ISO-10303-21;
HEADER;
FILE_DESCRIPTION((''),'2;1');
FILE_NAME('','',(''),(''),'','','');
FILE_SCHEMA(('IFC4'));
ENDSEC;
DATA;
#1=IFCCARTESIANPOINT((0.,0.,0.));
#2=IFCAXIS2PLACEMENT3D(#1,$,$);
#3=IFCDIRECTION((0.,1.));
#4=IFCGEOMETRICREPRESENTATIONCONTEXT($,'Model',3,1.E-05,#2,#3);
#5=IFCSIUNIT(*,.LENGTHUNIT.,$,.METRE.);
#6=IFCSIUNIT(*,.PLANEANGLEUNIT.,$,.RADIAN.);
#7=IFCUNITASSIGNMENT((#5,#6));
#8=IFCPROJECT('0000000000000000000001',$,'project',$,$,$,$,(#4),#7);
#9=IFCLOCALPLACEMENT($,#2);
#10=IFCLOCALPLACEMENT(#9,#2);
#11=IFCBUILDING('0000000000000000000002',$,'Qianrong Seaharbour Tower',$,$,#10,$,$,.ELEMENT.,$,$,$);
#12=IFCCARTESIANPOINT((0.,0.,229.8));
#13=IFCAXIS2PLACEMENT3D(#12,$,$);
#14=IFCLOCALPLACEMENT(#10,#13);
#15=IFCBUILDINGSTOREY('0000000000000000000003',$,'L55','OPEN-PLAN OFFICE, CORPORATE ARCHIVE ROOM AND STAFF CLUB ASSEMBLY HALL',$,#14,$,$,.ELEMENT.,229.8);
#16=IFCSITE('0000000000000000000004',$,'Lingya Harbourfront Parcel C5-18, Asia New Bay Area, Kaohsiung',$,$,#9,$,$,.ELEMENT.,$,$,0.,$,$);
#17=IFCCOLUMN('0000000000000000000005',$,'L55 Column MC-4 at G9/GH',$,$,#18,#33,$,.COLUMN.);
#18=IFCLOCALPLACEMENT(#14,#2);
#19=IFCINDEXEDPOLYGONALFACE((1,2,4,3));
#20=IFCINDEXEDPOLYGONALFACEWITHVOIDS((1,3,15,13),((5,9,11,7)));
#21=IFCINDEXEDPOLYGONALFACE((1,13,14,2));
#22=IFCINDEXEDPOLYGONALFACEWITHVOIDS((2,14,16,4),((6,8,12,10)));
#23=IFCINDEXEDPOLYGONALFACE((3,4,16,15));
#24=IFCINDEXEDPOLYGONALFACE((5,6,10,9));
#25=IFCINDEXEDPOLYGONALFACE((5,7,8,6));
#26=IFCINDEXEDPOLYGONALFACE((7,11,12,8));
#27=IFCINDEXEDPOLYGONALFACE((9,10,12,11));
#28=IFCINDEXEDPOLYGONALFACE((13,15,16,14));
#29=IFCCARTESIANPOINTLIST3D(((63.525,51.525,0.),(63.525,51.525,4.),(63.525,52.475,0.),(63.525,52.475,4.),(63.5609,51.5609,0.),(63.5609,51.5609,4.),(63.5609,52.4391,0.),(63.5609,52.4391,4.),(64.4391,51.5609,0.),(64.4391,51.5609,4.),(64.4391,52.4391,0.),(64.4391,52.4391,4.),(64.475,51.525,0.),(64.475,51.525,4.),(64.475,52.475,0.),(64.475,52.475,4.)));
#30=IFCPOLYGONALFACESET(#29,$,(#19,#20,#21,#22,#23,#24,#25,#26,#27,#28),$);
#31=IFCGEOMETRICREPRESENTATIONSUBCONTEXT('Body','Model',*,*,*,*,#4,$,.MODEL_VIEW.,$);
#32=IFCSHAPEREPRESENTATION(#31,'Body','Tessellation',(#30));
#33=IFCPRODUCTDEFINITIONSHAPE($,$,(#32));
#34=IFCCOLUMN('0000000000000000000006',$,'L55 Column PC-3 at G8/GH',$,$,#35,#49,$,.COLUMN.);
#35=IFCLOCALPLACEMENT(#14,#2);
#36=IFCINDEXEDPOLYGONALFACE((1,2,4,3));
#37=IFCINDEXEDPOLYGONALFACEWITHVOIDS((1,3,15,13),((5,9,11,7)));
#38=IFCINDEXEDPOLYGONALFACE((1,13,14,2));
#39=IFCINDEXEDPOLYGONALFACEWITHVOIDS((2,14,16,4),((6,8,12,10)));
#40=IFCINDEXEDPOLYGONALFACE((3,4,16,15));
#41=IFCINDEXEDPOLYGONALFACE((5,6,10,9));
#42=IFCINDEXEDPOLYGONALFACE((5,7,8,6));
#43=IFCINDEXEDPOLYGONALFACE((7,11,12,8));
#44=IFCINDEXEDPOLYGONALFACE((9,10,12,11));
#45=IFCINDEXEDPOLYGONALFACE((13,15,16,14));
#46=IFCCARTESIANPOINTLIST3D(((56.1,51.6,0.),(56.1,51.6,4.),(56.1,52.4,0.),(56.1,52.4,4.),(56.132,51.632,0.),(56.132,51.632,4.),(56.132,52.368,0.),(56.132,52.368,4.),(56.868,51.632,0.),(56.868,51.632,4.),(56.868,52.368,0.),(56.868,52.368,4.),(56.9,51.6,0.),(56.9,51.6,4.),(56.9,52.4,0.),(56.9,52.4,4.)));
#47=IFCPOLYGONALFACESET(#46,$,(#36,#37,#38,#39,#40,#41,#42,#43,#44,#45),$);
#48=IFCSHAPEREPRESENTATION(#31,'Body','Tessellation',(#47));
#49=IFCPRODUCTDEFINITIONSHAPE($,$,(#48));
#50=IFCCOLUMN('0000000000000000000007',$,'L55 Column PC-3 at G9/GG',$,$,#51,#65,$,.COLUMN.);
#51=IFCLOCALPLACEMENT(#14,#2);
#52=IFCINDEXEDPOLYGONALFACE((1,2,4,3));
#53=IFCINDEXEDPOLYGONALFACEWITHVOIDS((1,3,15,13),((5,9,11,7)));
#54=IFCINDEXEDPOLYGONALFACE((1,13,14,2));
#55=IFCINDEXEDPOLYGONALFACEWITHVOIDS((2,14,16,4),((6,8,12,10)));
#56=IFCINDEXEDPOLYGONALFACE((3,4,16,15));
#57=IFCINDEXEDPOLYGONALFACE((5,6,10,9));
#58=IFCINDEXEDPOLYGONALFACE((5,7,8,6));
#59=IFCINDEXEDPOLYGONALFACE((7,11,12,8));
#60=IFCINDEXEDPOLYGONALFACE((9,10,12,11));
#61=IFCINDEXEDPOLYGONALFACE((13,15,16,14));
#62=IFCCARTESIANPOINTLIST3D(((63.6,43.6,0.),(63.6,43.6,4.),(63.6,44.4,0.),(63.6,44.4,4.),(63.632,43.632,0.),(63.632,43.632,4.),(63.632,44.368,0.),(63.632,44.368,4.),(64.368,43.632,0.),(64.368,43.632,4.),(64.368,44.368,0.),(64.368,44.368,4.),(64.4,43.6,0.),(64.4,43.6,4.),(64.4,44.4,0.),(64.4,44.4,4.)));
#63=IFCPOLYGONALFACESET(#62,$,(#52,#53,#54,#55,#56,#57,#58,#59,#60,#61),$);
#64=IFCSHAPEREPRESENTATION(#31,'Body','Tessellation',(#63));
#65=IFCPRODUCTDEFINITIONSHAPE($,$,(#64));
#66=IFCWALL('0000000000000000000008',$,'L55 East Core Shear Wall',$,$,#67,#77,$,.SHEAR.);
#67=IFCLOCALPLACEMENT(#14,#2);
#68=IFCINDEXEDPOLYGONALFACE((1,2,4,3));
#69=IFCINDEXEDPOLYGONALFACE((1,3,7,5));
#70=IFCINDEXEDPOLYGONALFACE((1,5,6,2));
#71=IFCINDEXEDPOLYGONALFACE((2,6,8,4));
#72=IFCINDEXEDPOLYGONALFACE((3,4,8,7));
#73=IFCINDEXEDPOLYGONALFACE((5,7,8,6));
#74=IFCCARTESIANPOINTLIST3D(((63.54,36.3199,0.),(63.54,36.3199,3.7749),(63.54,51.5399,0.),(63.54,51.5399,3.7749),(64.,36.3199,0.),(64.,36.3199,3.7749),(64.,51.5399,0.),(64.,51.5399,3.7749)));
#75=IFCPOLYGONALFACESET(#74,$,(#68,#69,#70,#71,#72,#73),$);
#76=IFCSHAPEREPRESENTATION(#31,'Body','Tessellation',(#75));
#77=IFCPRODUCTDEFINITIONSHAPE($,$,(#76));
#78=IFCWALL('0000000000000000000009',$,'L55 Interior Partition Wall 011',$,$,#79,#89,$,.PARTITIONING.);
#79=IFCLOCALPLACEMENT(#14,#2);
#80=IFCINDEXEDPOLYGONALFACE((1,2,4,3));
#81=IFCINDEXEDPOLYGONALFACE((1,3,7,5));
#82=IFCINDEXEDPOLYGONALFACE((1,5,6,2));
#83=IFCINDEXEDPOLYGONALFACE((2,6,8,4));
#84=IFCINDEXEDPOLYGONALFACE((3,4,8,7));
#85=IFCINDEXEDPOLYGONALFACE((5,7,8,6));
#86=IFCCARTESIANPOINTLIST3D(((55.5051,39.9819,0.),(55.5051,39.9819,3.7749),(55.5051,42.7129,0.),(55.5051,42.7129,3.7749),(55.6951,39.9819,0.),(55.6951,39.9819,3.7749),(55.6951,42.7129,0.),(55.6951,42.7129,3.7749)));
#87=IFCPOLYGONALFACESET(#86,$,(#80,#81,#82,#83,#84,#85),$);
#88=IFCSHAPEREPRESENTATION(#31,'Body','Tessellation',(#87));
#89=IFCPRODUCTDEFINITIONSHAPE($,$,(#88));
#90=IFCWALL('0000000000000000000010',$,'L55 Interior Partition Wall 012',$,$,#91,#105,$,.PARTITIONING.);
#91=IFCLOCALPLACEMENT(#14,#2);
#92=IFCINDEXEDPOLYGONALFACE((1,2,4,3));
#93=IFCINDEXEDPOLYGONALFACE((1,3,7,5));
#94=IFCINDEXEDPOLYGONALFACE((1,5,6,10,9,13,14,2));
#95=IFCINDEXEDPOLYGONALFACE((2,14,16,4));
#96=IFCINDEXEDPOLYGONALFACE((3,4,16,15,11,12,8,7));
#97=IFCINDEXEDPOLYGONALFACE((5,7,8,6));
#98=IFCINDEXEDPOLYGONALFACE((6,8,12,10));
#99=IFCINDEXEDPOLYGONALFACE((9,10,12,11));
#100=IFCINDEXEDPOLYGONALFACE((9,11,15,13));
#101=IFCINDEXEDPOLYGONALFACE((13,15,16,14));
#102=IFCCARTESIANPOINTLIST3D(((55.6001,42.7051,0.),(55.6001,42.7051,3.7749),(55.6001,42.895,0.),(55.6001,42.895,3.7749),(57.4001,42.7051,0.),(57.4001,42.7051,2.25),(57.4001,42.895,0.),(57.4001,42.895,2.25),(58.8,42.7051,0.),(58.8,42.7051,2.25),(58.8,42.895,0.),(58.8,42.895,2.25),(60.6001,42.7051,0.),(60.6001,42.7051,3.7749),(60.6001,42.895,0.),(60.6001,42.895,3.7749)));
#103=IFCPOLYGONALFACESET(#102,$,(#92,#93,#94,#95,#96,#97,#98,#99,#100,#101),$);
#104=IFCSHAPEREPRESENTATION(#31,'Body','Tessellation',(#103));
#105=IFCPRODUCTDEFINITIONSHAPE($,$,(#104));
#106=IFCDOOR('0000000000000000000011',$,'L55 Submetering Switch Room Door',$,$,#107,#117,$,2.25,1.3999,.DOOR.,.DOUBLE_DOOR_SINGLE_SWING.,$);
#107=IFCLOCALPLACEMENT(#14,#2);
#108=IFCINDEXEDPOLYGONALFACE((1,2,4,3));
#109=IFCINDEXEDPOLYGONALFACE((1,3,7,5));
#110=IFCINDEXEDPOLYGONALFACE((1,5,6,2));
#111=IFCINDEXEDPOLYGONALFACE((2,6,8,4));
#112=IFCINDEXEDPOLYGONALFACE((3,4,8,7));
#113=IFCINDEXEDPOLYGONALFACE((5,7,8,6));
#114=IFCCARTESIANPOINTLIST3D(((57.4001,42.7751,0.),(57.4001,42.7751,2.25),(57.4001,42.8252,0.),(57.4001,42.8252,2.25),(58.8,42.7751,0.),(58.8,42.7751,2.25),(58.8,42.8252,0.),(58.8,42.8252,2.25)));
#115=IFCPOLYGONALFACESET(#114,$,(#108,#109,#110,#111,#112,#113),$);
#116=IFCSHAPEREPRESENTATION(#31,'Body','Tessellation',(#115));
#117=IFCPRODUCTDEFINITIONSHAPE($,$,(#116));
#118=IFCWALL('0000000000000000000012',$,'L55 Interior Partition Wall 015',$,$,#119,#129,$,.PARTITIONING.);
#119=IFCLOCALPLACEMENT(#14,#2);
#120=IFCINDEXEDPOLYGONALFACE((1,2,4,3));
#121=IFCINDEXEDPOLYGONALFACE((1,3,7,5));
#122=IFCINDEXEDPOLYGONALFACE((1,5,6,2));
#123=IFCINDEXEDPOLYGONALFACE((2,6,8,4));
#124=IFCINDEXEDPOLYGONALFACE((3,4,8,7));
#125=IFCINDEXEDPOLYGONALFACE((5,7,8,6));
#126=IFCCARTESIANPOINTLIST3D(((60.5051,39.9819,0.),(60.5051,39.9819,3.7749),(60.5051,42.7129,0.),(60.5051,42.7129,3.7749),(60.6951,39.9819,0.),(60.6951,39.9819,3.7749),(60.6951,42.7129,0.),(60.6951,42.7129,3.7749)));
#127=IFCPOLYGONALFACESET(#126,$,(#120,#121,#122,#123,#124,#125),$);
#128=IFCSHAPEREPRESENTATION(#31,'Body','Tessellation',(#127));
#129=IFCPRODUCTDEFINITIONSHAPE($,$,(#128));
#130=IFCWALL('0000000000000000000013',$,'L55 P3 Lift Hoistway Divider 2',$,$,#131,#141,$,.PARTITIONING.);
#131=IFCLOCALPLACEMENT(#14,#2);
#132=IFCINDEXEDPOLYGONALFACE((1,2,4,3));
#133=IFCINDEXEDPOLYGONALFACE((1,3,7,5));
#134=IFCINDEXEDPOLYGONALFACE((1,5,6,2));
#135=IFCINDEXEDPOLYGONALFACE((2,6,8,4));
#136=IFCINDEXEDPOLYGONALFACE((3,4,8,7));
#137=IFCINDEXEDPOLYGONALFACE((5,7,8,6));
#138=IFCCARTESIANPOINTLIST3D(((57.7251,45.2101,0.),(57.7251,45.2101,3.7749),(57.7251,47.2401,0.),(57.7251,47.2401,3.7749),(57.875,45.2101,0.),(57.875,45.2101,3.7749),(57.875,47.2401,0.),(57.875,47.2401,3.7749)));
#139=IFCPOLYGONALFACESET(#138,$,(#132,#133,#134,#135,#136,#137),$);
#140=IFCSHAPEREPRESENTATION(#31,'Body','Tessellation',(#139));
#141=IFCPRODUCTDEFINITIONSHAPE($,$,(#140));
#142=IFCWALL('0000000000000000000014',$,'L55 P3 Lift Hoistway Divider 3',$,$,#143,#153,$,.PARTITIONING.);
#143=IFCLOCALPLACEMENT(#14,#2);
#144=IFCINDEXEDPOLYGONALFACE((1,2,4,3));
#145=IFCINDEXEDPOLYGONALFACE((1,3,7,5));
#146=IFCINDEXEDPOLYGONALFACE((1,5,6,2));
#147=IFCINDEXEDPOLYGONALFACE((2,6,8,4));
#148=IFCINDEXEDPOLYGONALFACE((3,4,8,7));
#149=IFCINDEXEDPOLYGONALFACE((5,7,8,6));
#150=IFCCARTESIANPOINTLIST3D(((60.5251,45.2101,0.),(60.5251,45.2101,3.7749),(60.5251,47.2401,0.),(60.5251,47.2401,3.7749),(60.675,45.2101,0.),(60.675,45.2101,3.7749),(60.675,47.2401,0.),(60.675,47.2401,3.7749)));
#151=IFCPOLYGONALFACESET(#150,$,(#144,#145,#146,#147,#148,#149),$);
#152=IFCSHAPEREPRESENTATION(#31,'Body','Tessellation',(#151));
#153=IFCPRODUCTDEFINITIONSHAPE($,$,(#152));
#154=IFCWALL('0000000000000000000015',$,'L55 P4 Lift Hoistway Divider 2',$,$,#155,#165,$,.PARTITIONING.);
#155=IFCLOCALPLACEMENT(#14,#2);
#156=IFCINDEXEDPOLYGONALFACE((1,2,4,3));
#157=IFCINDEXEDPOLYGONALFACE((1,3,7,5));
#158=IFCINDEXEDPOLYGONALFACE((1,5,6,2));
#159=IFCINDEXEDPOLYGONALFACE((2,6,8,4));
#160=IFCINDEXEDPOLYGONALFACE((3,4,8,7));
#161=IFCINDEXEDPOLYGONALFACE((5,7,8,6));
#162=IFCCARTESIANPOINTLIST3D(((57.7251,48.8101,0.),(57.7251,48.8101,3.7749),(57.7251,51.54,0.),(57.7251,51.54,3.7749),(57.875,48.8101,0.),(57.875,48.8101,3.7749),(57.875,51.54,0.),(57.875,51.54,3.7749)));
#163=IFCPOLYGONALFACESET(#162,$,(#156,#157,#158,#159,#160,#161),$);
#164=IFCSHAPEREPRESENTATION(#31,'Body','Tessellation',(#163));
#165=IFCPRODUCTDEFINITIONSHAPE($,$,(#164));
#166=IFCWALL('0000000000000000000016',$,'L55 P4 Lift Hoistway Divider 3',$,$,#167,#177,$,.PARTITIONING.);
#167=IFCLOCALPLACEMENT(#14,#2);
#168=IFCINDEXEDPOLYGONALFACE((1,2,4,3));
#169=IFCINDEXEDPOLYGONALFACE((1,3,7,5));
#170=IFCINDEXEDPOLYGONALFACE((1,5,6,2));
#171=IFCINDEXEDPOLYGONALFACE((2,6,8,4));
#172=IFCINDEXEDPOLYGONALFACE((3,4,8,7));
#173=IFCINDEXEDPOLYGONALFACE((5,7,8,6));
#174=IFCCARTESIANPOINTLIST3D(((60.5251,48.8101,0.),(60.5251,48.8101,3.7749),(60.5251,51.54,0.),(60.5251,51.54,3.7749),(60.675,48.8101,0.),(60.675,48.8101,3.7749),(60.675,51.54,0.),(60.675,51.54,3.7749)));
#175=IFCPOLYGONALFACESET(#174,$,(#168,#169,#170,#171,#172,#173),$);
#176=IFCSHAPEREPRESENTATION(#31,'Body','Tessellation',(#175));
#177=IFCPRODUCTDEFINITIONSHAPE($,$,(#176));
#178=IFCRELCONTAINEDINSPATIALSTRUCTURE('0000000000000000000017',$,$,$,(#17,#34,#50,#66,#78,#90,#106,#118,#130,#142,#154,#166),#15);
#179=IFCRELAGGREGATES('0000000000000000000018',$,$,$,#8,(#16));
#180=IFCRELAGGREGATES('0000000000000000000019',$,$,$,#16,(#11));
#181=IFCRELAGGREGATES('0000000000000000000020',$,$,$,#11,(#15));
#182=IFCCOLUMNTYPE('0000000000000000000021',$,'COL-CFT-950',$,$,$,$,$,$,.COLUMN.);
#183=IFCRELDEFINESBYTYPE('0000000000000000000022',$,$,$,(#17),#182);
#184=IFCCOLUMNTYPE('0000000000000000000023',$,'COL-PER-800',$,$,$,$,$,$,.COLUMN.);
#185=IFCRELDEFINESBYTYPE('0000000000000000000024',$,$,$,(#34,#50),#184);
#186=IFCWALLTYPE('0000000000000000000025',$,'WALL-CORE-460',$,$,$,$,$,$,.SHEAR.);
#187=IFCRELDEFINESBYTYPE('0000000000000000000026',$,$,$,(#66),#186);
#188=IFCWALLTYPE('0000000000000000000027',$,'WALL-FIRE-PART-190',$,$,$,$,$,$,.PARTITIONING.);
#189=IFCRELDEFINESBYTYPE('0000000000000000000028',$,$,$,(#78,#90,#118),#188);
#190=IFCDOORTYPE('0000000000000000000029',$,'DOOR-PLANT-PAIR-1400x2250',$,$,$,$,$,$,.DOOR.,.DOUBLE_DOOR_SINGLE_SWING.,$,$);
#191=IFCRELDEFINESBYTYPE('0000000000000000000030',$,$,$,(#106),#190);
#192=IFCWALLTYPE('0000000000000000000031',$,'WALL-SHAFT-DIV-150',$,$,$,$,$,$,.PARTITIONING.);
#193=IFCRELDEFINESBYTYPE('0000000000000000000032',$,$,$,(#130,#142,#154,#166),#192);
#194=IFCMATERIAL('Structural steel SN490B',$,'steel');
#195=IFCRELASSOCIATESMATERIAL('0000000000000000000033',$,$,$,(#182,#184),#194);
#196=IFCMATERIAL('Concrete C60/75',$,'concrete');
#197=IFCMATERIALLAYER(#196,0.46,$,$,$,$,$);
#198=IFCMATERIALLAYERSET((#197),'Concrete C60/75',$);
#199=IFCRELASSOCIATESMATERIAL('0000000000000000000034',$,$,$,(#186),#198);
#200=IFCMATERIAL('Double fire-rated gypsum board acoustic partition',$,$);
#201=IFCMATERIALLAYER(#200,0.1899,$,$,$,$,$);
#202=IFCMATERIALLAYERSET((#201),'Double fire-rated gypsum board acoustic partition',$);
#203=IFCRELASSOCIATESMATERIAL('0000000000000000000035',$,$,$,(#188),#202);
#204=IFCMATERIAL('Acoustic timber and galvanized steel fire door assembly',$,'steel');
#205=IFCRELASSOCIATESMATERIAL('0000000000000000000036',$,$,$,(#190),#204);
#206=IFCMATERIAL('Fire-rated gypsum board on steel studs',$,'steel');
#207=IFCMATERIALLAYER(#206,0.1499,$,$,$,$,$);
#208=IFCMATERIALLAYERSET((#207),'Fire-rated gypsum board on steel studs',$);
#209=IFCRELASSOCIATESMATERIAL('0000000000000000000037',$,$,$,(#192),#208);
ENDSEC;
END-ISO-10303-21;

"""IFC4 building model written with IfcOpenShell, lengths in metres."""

from ifc_helpers import new_model, si_unit, direction, frame, frame_2d, origin, origin_2d, place, context, subcontext, project, spatial, rectangle, hollow_rectangle, extrude, material, layer, layer_set, material_profile, profile_set, type_object, element, fill, save


model = new_model("IFC4")

# Units and contexts
model_context = context("Model", 3, precision=1e-05, world=origin(), true_north=direction((0.0, 1.0)))
body_context = subcontext(model_context, "Body", "Model", "MODEL_VIEW")
ifc_project = project(units=[si_unit("LENGTHUNIT", "METRE"), si_unit("PLANEANGLEUNIT", "RADIAN")], contexts=[model_context])

# Site, building, storey
site_placement = place(None, origin())
site = spatial("IfcSite", under=ifc_project, at=site_placement, Name="Lingya Harbourfront Parcel C5-18, Asia New Bay Area, Kaohsiung", CompositionType="ELEMENT", RefElevation=0.0)
building_placement = place(site_placement, origin())
building = spatial("IfcBuilding", under=site, at=building_placement, Name="Qianrong Seaharbour Tower", CompositionType="ELEMENT")
storey_placement = place(building_placement, frame((0.0, 0.0, 229.8)))
storey = spatial("IfcBuildingStorey", under=building, at=storey_placement, Name="L55", Description="OPEN-PLAN OFFICE, CORPORATE ARCHIVE ROOM AND STAFF CLUB ASSEMBLY HALL", CompositionType="ELEMENT", Elevation=229.8)

# Columns
ifc_material_1 = material(Name="Structural steel SN490B", Category="steel")
ifc_material_profile_1 = material_profile(ifc_material_1, hollow_rectangle(XDim=0.95, YDim=0.95, WallThickness=0.0359, at=origin_2d()), Name="BOX950x950x36")
ifc_profile_set_1 = profile_set([ifc_material_profile_1], Name="Structural steel SN490B")
column_type_1 = type_object("IfcColumnType", Name="COL-CFT-950", PredefinedType="COLUMN", material=ifc_profile_set_1)
column_placement = place(storey_placement, frame((64.0, 52.0, 0.0), z_axis=(0.0, 0.0, 1.0), x_axis=(1.0, 0.0, 0.0)))
element("IfcColumn", 1, at=column_placement, inside=storey, type_object=column_type_1, Name="L55 Column MC-4 at G9/GH", PredefinedType="COLUMN", context=body_context, shape_type="SweptSolid", body=[
    extrude(hollow_rectangle(XDim=0.95, YDim=0.95, WallThickness=0.0359, at=origin_2d()), origin(), (0.0, 0.0, 1.0), 4.0),
])
ifc_material_profile_2 = material_profile(ifc_material_1, hollow_rectangle(XDim=0.8, YDim=0.8, WallThickness=0.032, at=origin_2d()), Name="BOX800x800x32")
ifc_profile_set_2 = profile_set([ifc_material_profile_2], Name="Structural steel SN490B")
column_type_2 = type_object("IfcColumnType", Name="COL-PER-800", PredefinedType="COLUMN", material=ifc_profile_set_2)
for number, where, z_axis, x_axis, name in (
    (2, (56.5, 52.0, 0.0), (0.0, 0.0, 1.0), (1.0, 0.0, 0.0), "L55 Column PC-3 at G8/GH"),
    (3, (64.0, 44.0, 0.0), (0.0, 0.0, 1.0), (1.0, 0.0, 0.0), "L55 Column PC-3 at G9/GG"),
):
    element("IfcColumn", number, at=place(storey_placement, frame(where, z_axis=z_axis, x_axis=x_axis)), inside=storey, type_object=column_type_2, Name=name, PredefinedType="COLUMN", context=body_context, shape_type="SweptSolid", body=[
        extrude(hollow_rectangle(XDim=0.8, YDim=0.8, WallThickness=0.032, at=origin_2d()), origin(), (0.0, 0.0, 1.0), 4.0),
    ])

# Wall
ifc_material_2 = material(Name="Concrete C60/75", Category="concrete")
ifc_layer_1 = layer(ifc_material_2, 0.46)
ifc_layer_set_1 = layer_set([ifc_layer_1], Name="Concrete C60/75")
wall_type_1 = type_object("IfcWallType", Name="WALL-CORE-460", PredefinedType="SHEAR", material=ifc_layer_set_1)
wall_1_placement = place(storey_placement, frame((63.77, 36.3201, 0.0), z_axis=(0.0, 0.0, 1.0), x_axis=(0.0, 1.0, 0.0)))
element("IfcWall", 4, at=wall_1_placement, inside=storey, type_object=wall_type_1, Name="L55 East Core Shear Wall", PredefinedType="SHEAR", context=body_context, shape_type="SweptSolid", body=[
    extrude(rectangle(XDim=15.22, YDim=0.46, at=frame_2d((7.6099, 0.0))), origin(), (0.0, 0.0, 1.0), 3.7749),
])

# Shared definitions
ifc_material_3 = material(Name="Acoustic timber and galvanized steel fire door assembly", Category="steel")

# Wall
ifc_material_4 = material(Name="Double fire-rated gypsum board acoustic partition")
ifc_layer_2 = layer(ifc_material_4, 0.1899)
ifc_layer_set_2 = layer_set([ifc_layer_2], Name="Double fire-rated gypsum board acoustic partition")
wall_type_2 = type_object("IfcWallType", Name="WALL-FIRE-PART-190", PredefinedType="PARTITIONING", material=ifc_layer_set_2)
wall_2_placement = place(storey_placement, frame((55.6001, 42.7129, 0.0), z_axis=(0.0, 0.0, 1.0), x_axis=(0.0, -1.0, 0.0)))
element("IfcWall", 5, at=wall_2_placement, inside=storey, type_object=wall_type_2, Name="L55 Interior Partition Wall 011", PredefinedType="PARTITIONING", context=body_context, shape_type="SweptSolid", body=[
    extrude(rectangle(XDim=2.731, YDim=0.1899, at=frame_2d((1.3655, 0.0))), origin(), (0.0, 0.0, 1.0), 3.7749),
])

# Wall, opening, door
wall_3_placement = place(storey_placement, frame((60.6001, 42.8, 0.0), z_axis=(0.0, 0.0, 1.0), x_axis=(-1.0, 0.0, 0.0)))
wall_3 = element("IfcWall", 6, at=wall_3_placement, inside=storey, type_object=wall_type_2, Name="L55 Interior Partition Wall 012", PredefinedType="PARTITIONING", context=body_context, shape_type="SweptSolid", body=[
    extrude(rectangle(XDim=5.0, YDim=0.1899, at=frame_2d((2.5, 0.0))), origin(), (0.0, 0.0, 1.0), 3.7749),
])
opening_1_placement = place(wall_3_placement, frame((1.8, 0.0, 0.0)))
opening_1 = element("IfcOpeningElement", 7, at=opening_1_placement, cuts=wall_3, PredefinedType="OPENING", context=body_context, shape_type="SweptSolid", body=[
    extrude(rectangle(XDim=1.3999, YDim=2.25, at=frame_2d((0.7, 1.125))), frame((0.0, 0.105, 0.0), z_axis=(0.0, -1.0, 0.0), x_axis=(1.0, 0.0, 0.0)), (0.0, 0.0, 1.0), 0.21),
])
door_type_1 = type_object("IfcDoorType", Name="DOOR-PLANT-PAIR-1400x2250", OperationType="DOUBLE_DOOR_SINGLE_SWING", PredefinedType="DOOR", material=ifc_material_3)
door_1_placement = place(opening_1_placement, origin())
door_1 = element("IfcDoor", 8, at=door_1_placement, inside=storey, type_object=door_type_1, Name="L55 Submetering Switch Room Door", OperationType="DOUBLE_DOOR_SINGLE_SWING", OverallHeight=2.25, OverallWidth=1.3999, PredefinedType="DOOR", context=body_context, shape_type="SweptSolid", body=[
    extrude(rectangle(XDim=1.3999, YDim=2.25, at=frame_2d((0.7, 1.125))), frame((0.0, 0.0249, 0.0), z_axis=(0.0, -1.0, 0.0), x_axis=(1.0, 0.0, 0.0)), (0.0, 0.0, 1.0), 0.05),
])
fill(opening_1, door_1)

# Walls
wall_4_placement = place(storey_placement, frame((60.6001, 42.7129, 0.0), z_axis=(0.0, 0.0, 1.0), x_axis=(0.0, -1.0, 0.0)))
element("IfcWall", 9, at=wall_4_placement, inside=storey, type_object=wall_type_2, Name="L55 Interior Partition Wall 015", PredefinedType="PARTITIONING", context=body_context, shape_type="SweptSolid", body=[
    extrude(rectangle(XDim=2.731, YDim=0.1899, at=frame_2d((1.3655, 0.0))), origin(), (0.0, 0.0, 1.0), 3.7749),
])
ifc_material_5 = material(Name="Fire-rated gypsum board on steel studs", Category="steel")
ifc_layer_3 = layer(ifc_material_5, 0.1499)
ifc_layer_set_3 = layer_set([ifc_layer_3], Name="Fire-rated gypsum board on steel studs")
wall_type_3 = type_object("IfcWallType", Name="WALL-SHAFT-DIV-150", PredefinedType="PARTITIONING", material=ifc_layer_set_3)
for number, where, z_axis, x_axis, name in (
    (10, (57.8, 45.21, 0.0), (0.0, 0.0, 1.0), (0.0, 1.0, 0.0), "L55 P3 Lift Hoistway Divider 2"),
    (11, (60.6001, 45.21, 0.0), (0.0, 0.0, 1.0), (0.0, 1.0, 0.0), "L55 P3 Lift Hoistway Divider 3"),
):
    element("IfcWall", number, at=place(storey_placement, frame(where, z_axis=z_axis, x_axis=x_axis)), inside=storey, type_object=wall_type_3, Name=name, PredefinedType="PARTITIONING", context=body_context, shape_type="SweptSolid", body=[
        extrude(rectangle(XDim=2.03, YDim=0.1499, at=frame_2d((1.0151, 0.0))), origin(), (0.0, 0.0, 1.0), 3.7749),
    ])
for number, where, z_axis, x_axis, name in (
    (12, (57.8, 48.8101, 0.0), (0.0, 0.0, 1.0), (0.0, 1.0, 0.0), "L55 P4 Lift Hoistway Divider 2"),
    (13, (60.6001, 48.8101, 0.0), (0.0, 0.0, 1.0), (0.0, 1.0, 0.0), "L55 P4 Lift Hoistway Divider 3"),
):
    element("IfcWall", number, at=place(storey_placement, frame(where, z_axis=z_axis, x_axis=x_axis)), inside=storey, type_object=wall_type_3, Name=name, PredefinedType="PARTITIONING", context=body_context, shape_type="SweptSolid", body=[
        extrude(rectangle(XDim=2.73, YDim=0.1499, at=frame_2d((1.365, 0.0))), origin(), (0.0, 0.0, 1.0), 3.7749),
    ])

save(model, "model.ifc")
